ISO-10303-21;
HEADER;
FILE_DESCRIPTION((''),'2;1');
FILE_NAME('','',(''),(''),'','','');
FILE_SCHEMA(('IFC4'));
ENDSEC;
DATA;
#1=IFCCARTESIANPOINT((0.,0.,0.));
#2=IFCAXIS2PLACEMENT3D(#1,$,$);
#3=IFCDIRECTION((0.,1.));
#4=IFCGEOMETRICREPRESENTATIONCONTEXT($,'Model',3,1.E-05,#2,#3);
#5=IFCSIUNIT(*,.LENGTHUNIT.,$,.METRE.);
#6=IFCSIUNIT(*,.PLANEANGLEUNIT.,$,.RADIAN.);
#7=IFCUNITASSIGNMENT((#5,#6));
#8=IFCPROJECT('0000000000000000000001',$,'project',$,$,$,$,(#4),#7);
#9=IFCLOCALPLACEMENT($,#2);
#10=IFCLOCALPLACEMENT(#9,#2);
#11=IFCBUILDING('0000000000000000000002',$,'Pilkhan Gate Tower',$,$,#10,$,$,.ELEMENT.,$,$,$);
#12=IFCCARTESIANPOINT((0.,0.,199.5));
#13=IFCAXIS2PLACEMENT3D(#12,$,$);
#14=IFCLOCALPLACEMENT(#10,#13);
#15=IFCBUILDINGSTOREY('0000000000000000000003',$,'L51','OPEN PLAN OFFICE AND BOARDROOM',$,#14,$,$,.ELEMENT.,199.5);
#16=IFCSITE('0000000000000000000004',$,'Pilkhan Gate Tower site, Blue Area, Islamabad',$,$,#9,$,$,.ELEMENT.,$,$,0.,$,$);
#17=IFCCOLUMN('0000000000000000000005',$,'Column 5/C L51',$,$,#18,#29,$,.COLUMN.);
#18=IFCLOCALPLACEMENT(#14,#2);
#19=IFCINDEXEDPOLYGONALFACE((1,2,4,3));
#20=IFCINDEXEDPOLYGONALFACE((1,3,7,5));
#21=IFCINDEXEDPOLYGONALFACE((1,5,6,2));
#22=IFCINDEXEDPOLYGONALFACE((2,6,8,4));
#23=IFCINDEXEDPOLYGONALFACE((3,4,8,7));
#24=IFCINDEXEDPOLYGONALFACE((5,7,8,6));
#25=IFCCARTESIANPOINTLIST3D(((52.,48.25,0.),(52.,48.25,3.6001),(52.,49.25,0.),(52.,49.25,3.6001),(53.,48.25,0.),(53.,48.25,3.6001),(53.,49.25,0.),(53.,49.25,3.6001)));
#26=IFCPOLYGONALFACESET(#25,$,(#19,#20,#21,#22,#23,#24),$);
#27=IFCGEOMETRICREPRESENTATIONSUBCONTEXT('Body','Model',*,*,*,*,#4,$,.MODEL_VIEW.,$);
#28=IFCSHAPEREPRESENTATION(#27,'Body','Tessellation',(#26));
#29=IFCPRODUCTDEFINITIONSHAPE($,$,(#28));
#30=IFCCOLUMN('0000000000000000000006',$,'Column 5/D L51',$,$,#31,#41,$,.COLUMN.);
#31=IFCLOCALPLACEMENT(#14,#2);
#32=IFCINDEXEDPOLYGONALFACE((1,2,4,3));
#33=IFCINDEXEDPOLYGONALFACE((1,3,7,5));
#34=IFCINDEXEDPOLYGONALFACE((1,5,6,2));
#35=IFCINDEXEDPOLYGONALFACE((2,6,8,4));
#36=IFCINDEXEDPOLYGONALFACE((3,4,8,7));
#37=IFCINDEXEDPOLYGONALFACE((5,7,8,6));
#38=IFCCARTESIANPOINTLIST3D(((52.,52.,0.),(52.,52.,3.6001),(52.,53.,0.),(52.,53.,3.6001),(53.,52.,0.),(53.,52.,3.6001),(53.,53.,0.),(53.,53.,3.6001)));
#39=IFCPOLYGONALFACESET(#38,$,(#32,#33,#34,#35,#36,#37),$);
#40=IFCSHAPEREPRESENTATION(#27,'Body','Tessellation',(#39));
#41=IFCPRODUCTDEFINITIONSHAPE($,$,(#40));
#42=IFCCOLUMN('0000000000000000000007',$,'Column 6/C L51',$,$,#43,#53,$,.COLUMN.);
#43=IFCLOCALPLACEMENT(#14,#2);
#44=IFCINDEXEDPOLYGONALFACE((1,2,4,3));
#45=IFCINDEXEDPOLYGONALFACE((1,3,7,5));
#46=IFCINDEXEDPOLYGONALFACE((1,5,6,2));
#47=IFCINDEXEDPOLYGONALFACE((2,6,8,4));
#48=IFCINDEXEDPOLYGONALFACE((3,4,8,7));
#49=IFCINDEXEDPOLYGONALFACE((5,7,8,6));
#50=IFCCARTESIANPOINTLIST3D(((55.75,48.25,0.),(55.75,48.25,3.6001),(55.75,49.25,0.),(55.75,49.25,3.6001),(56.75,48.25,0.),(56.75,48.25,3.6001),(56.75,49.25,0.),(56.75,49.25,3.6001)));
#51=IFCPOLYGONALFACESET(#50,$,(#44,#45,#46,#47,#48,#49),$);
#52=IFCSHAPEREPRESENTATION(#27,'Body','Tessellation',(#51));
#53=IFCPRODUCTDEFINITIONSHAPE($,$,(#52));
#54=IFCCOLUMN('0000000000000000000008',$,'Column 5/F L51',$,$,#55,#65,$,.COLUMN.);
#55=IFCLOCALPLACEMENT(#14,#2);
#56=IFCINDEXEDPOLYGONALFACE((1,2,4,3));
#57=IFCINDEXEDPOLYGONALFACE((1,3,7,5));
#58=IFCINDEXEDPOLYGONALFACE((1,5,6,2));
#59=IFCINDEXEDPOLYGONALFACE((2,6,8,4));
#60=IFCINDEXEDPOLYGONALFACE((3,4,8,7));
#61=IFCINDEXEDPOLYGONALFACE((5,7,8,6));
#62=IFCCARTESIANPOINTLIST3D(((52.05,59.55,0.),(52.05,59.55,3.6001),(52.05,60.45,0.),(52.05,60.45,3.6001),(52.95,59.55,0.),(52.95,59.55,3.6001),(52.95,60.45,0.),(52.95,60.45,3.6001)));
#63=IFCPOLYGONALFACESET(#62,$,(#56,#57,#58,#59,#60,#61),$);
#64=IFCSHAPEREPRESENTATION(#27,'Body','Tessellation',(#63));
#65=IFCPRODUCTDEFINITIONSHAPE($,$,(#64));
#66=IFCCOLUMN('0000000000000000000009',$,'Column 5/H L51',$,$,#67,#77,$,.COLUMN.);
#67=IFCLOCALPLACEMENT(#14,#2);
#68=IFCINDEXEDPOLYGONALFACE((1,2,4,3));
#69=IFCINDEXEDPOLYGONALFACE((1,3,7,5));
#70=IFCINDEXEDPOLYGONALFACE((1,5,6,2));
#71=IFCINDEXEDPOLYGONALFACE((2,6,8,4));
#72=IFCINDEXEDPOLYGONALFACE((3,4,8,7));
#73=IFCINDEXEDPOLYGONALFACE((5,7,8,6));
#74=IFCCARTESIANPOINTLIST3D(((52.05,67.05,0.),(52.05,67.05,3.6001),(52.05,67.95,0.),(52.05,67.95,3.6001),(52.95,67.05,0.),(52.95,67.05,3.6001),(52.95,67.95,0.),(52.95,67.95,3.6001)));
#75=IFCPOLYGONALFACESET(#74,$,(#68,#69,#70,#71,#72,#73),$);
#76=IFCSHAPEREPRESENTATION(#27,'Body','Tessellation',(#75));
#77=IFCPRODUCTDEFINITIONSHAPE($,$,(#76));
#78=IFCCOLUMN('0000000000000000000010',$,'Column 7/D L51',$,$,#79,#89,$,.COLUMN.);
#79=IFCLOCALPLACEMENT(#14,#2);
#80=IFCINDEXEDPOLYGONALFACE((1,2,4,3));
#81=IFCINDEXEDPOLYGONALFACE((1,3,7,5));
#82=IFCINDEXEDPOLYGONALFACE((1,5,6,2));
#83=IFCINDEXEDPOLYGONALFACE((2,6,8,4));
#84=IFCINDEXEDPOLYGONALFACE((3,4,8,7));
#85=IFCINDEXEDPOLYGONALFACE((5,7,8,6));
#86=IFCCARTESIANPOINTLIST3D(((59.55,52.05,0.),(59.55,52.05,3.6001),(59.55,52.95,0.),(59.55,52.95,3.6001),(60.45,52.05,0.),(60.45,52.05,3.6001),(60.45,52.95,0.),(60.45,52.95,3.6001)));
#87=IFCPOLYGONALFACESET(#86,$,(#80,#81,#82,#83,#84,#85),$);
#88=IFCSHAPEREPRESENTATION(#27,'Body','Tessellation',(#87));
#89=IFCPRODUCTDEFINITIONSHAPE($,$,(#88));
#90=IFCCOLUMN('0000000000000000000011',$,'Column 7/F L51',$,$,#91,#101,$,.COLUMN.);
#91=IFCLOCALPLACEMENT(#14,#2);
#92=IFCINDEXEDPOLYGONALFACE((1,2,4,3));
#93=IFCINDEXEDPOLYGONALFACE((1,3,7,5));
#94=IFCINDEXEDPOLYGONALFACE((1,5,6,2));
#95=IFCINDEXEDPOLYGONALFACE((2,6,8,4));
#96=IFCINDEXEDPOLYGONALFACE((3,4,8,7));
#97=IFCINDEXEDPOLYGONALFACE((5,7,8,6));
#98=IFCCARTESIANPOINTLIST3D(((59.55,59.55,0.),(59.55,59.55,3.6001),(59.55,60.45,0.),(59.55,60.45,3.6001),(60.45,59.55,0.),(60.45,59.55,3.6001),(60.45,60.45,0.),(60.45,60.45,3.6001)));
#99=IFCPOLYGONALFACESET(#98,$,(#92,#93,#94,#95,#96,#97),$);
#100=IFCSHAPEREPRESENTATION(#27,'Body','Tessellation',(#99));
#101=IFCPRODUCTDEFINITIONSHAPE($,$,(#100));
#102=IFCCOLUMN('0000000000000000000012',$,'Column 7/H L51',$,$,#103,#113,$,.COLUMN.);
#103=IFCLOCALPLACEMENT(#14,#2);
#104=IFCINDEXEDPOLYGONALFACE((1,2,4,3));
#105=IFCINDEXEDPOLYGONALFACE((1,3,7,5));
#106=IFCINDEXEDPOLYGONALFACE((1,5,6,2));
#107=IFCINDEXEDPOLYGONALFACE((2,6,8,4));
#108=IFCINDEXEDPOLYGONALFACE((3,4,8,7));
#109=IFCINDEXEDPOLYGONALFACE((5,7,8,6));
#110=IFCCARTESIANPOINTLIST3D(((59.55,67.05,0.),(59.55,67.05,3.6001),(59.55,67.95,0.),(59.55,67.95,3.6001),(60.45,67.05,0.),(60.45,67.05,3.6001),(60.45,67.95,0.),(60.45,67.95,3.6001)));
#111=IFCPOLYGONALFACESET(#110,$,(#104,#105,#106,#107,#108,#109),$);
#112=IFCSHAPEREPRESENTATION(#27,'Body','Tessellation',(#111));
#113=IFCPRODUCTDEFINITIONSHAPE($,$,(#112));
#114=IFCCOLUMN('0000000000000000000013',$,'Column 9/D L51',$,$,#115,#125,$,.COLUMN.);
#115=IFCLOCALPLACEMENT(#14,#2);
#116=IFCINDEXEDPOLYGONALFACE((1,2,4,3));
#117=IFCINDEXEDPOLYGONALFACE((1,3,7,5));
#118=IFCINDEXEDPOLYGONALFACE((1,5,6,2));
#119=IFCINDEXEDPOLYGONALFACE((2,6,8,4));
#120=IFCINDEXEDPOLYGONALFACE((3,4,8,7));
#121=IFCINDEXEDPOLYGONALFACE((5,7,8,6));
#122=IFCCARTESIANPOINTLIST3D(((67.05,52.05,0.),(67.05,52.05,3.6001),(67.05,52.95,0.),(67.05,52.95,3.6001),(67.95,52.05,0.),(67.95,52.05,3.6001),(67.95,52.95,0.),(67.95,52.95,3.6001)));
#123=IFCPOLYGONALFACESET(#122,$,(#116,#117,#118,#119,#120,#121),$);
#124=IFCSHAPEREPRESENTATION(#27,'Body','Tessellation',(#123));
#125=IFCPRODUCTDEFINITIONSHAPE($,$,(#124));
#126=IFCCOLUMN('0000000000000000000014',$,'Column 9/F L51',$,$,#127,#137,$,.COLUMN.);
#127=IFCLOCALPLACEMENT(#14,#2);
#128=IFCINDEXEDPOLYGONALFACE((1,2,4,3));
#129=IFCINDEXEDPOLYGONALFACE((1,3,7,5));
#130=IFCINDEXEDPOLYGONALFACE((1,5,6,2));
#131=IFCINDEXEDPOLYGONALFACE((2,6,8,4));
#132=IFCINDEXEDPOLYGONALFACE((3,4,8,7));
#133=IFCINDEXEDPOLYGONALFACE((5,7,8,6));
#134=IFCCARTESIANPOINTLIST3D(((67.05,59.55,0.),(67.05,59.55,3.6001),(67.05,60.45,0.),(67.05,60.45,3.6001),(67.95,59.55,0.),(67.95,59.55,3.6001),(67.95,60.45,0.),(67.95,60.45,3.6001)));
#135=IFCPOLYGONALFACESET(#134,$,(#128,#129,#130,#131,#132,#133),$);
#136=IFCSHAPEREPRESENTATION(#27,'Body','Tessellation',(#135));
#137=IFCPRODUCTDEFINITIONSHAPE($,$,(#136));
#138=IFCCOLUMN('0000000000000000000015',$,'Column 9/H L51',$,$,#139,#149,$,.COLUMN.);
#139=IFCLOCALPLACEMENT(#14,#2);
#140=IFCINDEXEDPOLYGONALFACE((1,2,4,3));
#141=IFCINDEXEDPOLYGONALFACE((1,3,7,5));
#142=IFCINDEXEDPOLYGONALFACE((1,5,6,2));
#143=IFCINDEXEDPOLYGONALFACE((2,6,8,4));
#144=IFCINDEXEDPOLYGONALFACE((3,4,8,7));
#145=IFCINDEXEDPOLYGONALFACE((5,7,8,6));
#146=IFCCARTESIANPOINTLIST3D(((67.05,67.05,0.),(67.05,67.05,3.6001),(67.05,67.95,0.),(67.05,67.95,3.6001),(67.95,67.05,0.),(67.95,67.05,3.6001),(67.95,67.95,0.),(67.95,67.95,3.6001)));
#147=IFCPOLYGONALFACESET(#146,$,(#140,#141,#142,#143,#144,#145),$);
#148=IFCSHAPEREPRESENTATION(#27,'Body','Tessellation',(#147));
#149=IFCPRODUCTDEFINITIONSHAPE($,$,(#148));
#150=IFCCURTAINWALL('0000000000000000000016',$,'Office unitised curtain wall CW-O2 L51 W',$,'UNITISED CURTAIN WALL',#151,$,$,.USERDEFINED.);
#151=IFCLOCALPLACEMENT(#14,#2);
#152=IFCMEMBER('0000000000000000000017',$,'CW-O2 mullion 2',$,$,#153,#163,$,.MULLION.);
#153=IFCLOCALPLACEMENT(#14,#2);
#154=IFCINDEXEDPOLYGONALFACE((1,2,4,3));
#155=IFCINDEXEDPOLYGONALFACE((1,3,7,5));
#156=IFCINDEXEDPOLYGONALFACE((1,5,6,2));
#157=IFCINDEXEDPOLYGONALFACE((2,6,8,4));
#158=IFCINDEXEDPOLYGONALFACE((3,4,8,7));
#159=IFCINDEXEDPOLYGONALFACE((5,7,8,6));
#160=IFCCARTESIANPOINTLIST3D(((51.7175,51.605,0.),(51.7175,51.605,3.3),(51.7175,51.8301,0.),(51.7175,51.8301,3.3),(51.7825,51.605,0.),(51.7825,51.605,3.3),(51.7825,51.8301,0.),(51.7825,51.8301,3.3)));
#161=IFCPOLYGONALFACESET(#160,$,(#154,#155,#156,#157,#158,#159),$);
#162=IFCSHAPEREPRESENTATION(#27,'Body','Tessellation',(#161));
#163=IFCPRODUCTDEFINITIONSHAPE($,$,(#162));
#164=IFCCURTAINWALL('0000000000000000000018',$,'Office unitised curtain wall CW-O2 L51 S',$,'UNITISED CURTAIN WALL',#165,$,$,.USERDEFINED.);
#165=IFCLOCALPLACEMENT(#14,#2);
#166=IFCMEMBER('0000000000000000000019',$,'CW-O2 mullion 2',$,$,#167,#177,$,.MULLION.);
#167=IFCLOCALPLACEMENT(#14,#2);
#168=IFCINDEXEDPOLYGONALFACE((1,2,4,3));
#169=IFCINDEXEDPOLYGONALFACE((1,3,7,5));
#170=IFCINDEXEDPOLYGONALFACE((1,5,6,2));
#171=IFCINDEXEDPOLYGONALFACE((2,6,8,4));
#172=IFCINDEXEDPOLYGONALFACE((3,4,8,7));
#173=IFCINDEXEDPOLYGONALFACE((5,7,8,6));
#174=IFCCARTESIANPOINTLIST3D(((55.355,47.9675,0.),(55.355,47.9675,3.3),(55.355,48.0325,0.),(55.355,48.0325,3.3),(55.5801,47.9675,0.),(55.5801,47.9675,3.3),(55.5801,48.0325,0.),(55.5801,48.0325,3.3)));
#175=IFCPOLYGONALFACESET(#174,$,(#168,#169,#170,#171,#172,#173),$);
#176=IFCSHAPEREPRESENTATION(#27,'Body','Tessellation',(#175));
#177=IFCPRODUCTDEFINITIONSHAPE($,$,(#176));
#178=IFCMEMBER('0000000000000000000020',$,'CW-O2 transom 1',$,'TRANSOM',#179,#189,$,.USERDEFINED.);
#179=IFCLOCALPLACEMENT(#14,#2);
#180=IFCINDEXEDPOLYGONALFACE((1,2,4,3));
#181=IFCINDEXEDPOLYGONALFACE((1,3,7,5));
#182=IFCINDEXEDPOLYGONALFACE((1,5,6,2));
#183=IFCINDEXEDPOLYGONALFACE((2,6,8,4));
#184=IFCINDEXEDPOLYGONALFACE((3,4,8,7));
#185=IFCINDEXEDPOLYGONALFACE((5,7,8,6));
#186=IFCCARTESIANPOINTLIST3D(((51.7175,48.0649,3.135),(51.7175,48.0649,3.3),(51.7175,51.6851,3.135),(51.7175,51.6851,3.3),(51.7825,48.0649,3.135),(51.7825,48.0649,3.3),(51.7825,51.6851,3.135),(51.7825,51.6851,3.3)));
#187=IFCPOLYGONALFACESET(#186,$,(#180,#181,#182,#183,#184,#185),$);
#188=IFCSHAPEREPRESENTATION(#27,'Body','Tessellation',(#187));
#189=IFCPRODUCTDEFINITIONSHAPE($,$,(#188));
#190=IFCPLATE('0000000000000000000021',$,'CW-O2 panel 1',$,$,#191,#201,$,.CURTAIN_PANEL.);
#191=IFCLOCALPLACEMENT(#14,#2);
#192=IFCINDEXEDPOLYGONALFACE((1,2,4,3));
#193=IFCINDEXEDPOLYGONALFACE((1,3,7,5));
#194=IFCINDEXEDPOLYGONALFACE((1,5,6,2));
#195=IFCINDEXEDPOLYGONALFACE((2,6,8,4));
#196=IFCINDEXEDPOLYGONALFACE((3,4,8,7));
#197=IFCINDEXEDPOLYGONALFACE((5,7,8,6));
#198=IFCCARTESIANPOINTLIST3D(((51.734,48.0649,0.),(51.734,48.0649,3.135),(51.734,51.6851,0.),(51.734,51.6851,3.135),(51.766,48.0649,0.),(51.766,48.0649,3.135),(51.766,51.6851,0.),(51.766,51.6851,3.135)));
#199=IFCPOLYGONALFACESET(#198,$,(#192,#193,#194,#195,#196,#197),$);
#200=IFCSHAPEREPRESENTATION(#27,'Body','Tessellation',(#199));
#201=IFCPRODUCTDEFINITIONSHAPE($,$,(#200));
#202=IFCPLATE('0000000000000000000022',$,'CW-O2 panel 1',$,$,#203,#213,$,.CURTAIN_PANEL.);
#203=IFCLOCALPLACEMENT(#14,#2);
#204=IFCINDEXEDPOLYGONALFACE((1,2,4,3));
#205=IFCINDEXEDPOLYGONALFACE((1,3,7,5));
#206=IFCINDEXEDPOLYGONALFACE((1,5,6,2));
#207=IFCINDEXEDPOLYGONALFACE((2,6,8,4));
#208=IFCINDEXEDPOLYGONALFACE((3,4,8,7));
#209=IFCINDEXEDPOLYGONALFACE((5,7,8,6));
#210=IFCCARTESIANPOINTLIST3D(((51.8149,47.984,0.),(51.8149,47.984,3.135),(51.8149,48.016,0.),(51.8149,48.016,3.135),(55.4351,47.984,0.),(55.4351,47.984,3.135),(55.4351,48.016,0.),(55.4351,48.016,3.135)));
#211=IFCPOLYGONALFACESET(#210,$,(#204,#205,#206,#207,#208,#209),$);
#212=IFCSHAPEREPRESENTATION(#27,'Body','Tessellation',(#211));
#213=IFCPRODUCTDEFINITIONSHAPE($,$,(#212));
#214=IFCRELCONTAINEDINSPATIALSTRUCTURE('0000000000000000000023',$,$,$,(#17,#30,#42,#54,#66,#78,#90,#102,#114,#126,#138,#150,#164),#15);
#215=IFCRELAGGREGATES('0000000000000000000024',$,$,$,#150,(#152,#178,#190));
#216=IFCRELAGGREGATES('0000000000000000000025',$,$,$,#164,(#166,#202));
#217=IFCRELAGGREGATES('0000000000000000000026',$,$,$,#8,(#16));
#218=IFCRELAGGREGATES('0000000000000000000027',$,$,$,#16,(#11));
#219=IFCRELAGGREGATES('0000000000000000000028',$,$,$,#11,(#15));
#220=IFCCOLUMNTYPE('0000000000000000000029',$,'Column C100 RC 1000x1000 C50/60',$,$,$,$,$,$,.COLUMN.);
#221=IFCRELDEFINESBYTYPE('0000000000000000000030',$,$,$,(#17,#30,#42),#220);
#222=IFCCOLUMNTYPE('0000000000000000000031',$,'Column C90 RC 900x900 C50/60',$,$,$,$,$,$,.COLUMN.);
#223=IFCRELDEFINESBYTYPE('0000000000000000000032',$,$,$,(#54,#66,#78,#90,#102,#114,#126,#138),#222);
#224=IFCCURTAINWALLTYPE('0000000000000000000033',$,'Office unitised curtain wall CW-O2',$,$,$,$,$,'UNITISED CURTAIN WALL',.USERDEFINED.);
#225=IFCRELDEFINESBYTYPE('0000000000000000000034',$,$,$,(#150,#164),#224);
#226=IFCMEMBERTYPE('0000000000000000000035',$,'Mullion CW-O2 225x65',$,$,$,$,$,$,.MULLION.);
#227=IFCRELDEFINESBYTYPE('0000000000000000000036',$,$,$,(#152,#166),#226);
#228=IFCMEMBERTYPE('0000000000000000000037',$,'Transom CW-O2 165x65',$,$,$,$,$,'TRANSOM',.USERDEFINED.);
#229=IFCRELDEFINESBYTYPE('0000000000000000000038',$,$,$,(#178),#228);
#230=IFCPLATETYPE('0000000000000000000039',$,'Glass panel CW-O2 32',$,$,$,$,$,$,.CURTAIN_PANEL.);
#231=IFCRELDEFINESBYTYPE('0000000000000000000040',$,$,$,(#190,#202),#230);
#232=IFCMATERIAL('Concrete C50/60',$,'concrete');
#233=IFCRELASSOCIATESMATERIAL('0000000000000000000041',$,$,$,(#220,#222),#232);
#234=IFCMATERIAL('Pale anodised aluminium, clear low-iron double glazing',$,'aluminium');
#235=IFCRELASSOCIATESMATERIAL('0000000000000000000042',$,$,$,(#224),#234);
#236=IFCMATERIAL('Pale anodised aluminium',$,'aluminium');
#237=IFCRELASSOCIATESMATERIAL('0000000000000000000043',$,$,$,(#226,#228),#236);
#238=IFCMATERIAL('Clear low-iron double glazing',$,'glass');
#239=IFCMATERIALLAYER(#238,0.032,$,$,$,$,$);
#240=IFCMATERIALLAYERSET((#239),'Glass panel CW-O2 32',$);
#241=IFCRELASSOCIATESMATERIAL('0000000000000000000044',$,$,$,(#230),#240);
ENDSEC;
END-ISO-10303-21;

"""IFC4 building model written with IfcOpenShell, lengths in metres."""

from ifc_helpers import new_model, si_unit, direction, frame, origin, origin_2d, place, context, subcontext, project, spatial, rectangle, extrude, material, layer, layer_set, material_profile, profile_set, type_object, element, aggregate, save


model = new_model("IFC4")

# Units and contexts
model_context = context("Model", 3, precision=1e-05, world=origin(), true_north=direction((0.0, 1.0)))
body_context = subcontext(model_context, "Body", "Model", "MODEL_VIEW")
ifc_project = project(units=[si_unit("LENGTHUNIT", "METRE"), si_unit("PLANEANGLEUNIT", "RADIAN")], contexts=[model_context])

# Site, building, storey
site_placement = place(None, origin())
site = spatial("IfcSite", under=ifc_project, at=site_placement, Name="Pilkhan Gate Tower site, Blue Area, Islamabad", CompositionType="ELEMENT", RefElevation=0.0)
building_placement = place(site_placement, origin())
building = spatial("IfcBuilding", under=site, at=building_placement, Name="Pilkhan Gate Tower", CompositionType="ELEMENT")
storey_placement = place(building_placement, frame((0.0, 0.0, 199.5)))
storey = spatial("IfcBuildingStorey", under=building, at=storey_placement, Name="L51", Description="OPEN PLAN OFFICE AND BOARDROOM", CompositionType="ELEMENT", Elevation=199.5)

# Columns
ifc_material_1 = material(Name="Concrete C50/60", Category="concrete")
ifc_material_profile_1 = material_profile(ifc_material_1, rectangle(XDim=1.0, YDim=1.0, at=origin_2d()), Name="RC 1000x1000")
ifc_profile_set_1 = profile_set([ifc_material_profile_1], Name="Concrete C50/60")
column_type_1 = type_object("IfcColumnType", Name="Column C100 RC 1000x1000 C50/60", PredefinedType="COLUMN", material=ifc_profile_set_1)
for number, where, z_axis, x_axis, name in (
    (1, (52.5, 48.75, 0.0), (0.0, 0.0, 1.0), (1.0, 0.0, 0.0), "Column 5/C L51"),
    (2, (52.5, 52.5, 0.0), (0.0, 0.0, 1.0), (1.0, 0.0, 0.0), "Column 5/D L51"),
    (3, (56.25, 48.75, 0.0), (0.0, 0.0, 1.0), (1.0, 0.0, 0.0), "Column 6/C L51"),
):
    element("IfcColumn", number, at=place(storey_placement, frame(where, z_axis=z_axis, x_axis=x_axis)), inside=storey, type_object=column_type_1, Name=name, PredefinedType="COLUMN", context=body_context, shape_type="SweptSolid", body=[
        extrude(rectangle(XDim=1.0, YDim=1.0, at=origin_2d()), origin(), (0.0, 0.0, 1.0), 3.6001),
    ])
ifc_material_profile_2 = material_profile(ifc_material_1, rectangle(XDim=0.8999, YDim=0.8999, at=origin_2d()), Name="RC 900x900")
ifc_profile_set_2 = profile_set([ifc_material_profile_2], Name="Concrete C50/60")
column_type_2 = type_object("IfcColumnType", Name="Column C90 RC 900x900 C50/60", PredefinedType="COLUMN", material=ifc_profile_set_2)
for number, where, z_axis, x_axis, name in (
    (4, (52.5, 60.0, 0.0), (0.0, 0.0, 1.0), (1.0, 0.0, 0.0), "Column 5/F L51"),
    (5, (52.5, 67.5, 0.0), (0.0, 0.0, 1.0), (1.0, 0.0, 0.0), "Column 5/H L51"),
    (6, (60.0, 52.5, 0.0), (0.0, 0.0, 1.0), (1.0, 0.0, 0.0), "Column 7/D L51"),
    (7, (60.0, 60.0, 0.0), (0.0, 0.0, 1.0), (1.0, 0.0, 0.0), "Column 7/F L51"),
    (8, (60.0, 67.5, 0.0), (0.0, 0.0, 1.0), (1.0, 0.0, 0.0), "Column 7/H L51"),
    (9, (67.5, 52.5, 0.0), (0.0, 0.0, 1.0), (1.0, 0.0, 0.0), "Column 9/D L51"),
    (10, (67.5, 60.0, 0.0), (0.0, 0.0, 1.0), (1.0, 0.0, 0.0), "Column 9/F L51"),
    (11, (67.5, 67.5, 0.0), (0.0, 0.0, 1.0), (1.0, 0.0, 0.0), "Column 9/H L51"),
):
    element("IfcColumn", number, at=place(storey_placement, frame(where, z_axis=z_axis, x_axis=x_axis)), inside=storey, type_object=column_type_2, Name=name, PredefinedType="COLUMN", context=body_context, shape_type="SweptSolid", body=[
        extrude(rectangle(XDim=0.8999, YDim=0.8999, at=origin_2d()), origin(), (0.0, 0.0, 1.0), 3.6001),
    ])

# Curtain walls, members
ifc_material_2 = material(Name="Pale anodised aluminium, clear low-iron double glazing", Category="aluminium")
curtain_wall_type = type_object("IfcCurtainWallType", Name="Office unitised curtain wall CW-O2", ElementType="UNITISED CURTAIN WALL", PredefinedType="USERDEFINED", material=ifc_material_2)
curtain_wall_1_placement = place(storey_placement, origin())
curtain_wall_1 = element("IfcCurtainWall", 12, at=curtain_wall_1_placement, inside=storey, type_object=curtain_wall_type, Name="Office unitised curtain wall CW-O2 L51 W", ObjectType="UNITISED CURTAIN WALL", PredefinedType="USERDEFINED")
ifc_material_3 = material(Name="Pale anodised aluminium", Category="aluminium")
ifc_material_profile_3 = material_profile(ifc_material_3, rectangle(XDim=0.0649, YDim=0.2251, at=origin_2d()), Name="Mullion 225x65")
ifc_profile_set_3 = profile_set([ifc_material_profile_3], Name="Pale anodised aluminium")
member_type_1 = type_object("IfcMemberType", Name="Mullion CW-O2 225x65", PredefinedType="MULLION", material=ifc_profile_set_3)
member_1_placement = place(storey_placement, frame((51.75, 51.7175, 0.0), z_axis=(0.0, 0.0, 1.0), x_axis=(-1.0, 0.0, 0.0)))
member_1 = element("IfcMember", 13, at=member_1_placement, type_object=member_type_1, Name="CW-O2 mullion 2", PredefinedType="MULLION", context=body_context, shape_type="SweptSolid", body=[
    extrude(rectangle(XDim=0.0649, YDim=0.2251, at=origin_2d()), origin(), (0.0, 0.0, 1.0), 3.3),
])
curtain_wall_2_placement = place(storey_placement, origin())
curtain_wall_2 = element("IfcCurtainWall", 14, at=curtain_wall_2_placement, inside=storey, type_object=curtain_wall_type, Name="Office unitised curtain wall CW-O2 L51 S", ObjectType="UNITISED CURTAIN WALL", PredefinedType="USERDEFINED")
member_2_placement = place(storey_placement, frame((55.4675, 48.0, 0.0), z_axis=(0.0, 0.0, 1.0), x_axis=(0.0, 1.0, 0.0)))
member_2 = element("IfcMember", 15, at=member_2_placement, type_object=member_type_1, Name="CW-O2 mullion 2", PredefinedType="MULLION", context=body_context, shape_type="SweptSolid", body=[
    extrude(rectangle(XDim=0.0649, YDim=0.2251, at=origin_2d()), origin(), (0.0, 0.0, 1.0), 3.3),
])

# Member
ifc_material_profile_4 = material_profile(ifc_material_3, rectangle(XDim=0.0649, YDim=0.165, at=origin_2d()), Name="Transom 165x65")
ifc_profile_set_4 = profile_set([ifc_material_profile_4], Name="Pale anodised aluminium")
member_type_2 = type_object("IfcMemberType", Name="Transom CW-O2 165x65", ElementType="TRANSOM", PredefinedType="USERDEFINED", material=ifc_profile_set_4)
member_3_placement = place(storey_placement, frame((51.75, 48.0649, 3.2175), z_axis=(0.0, 1.0, 0.0), x_axis=(-1.0, 0.0, 0.0)))
member_3 = element("IfcMember", 16, at=member_3_placement, type_object=member_type_2, Name="CW-O2 transom 1", ObjectType="TRANSOM", PredefinedType="USERDEFINED", context=body_context, shape_type="SweptSolid", body=[
    extrude(rectangle(XDim=0.0649, YDim=0.165, at=origin_2d()), origin(), (0.0, 0.0, 1.0), 3.6201),
])

# Plates
ifc_material_4 = material(Name="Clear low-iron double glazing", Category="glass")
ifc_layer_1 = layer(ifc_material_4, 0.032)
ifc_layer_set_1 = layer_set([ifc_layer_1], Name="Glass panel CW-O2 32")
plate_type = type_object("IfcPlateType", Name="Glass panel CW-O2 32", PredefinedType="CURTAIN_PANEL", material=ifc_layer_set_1)
plate_1_placement = place(storey_placement, frame((51.75, 49.875, 0.0), z_axis=(0.0, 0.0, 1.0), x_axis=(0.0, 1.0, 0.0)))
plate_1 = element("IfcPlate", 17, at=plate_1_placement, type_object=plate_type, Name="CW-O2 panel 1", PredefinedType="CURTAIN_PANEL", context=body_context, shape_type="SweptSolid", body=[
    extrude(rectangle(XDim=3.6201, YDim=0.032, at=origin_2d()), origin(), (0.0, 0.0, 1.0), 3.135),
])
aggregate(curtain_wall_1, [member_1, member_3, plate_1])
plate_2_placement = place(storey_placement, frame((53.625, 48.0, 0.0), z_axis=(0.0, 0.0, 1.0), x_axis=(1.0, 0.0, 0.0)))
plate_2 = element("IfcPlate", 18, at=plate_2_placement, type_object=plate_type, Name="CW-O2 panel 1", PredefinedType="CURTAIN_PANEL", context=body_context, shape_type="SweptSolid", body=[
    extrude(rectangle(XDim=3.6201, YDim=0.032, at=origin_2d()), origin(), (0.0, 0.0, 1.0), 3.135),
])
aggregate(curtain_wall_2, [member_2, plate_2])

save(model, "model.ifc")
